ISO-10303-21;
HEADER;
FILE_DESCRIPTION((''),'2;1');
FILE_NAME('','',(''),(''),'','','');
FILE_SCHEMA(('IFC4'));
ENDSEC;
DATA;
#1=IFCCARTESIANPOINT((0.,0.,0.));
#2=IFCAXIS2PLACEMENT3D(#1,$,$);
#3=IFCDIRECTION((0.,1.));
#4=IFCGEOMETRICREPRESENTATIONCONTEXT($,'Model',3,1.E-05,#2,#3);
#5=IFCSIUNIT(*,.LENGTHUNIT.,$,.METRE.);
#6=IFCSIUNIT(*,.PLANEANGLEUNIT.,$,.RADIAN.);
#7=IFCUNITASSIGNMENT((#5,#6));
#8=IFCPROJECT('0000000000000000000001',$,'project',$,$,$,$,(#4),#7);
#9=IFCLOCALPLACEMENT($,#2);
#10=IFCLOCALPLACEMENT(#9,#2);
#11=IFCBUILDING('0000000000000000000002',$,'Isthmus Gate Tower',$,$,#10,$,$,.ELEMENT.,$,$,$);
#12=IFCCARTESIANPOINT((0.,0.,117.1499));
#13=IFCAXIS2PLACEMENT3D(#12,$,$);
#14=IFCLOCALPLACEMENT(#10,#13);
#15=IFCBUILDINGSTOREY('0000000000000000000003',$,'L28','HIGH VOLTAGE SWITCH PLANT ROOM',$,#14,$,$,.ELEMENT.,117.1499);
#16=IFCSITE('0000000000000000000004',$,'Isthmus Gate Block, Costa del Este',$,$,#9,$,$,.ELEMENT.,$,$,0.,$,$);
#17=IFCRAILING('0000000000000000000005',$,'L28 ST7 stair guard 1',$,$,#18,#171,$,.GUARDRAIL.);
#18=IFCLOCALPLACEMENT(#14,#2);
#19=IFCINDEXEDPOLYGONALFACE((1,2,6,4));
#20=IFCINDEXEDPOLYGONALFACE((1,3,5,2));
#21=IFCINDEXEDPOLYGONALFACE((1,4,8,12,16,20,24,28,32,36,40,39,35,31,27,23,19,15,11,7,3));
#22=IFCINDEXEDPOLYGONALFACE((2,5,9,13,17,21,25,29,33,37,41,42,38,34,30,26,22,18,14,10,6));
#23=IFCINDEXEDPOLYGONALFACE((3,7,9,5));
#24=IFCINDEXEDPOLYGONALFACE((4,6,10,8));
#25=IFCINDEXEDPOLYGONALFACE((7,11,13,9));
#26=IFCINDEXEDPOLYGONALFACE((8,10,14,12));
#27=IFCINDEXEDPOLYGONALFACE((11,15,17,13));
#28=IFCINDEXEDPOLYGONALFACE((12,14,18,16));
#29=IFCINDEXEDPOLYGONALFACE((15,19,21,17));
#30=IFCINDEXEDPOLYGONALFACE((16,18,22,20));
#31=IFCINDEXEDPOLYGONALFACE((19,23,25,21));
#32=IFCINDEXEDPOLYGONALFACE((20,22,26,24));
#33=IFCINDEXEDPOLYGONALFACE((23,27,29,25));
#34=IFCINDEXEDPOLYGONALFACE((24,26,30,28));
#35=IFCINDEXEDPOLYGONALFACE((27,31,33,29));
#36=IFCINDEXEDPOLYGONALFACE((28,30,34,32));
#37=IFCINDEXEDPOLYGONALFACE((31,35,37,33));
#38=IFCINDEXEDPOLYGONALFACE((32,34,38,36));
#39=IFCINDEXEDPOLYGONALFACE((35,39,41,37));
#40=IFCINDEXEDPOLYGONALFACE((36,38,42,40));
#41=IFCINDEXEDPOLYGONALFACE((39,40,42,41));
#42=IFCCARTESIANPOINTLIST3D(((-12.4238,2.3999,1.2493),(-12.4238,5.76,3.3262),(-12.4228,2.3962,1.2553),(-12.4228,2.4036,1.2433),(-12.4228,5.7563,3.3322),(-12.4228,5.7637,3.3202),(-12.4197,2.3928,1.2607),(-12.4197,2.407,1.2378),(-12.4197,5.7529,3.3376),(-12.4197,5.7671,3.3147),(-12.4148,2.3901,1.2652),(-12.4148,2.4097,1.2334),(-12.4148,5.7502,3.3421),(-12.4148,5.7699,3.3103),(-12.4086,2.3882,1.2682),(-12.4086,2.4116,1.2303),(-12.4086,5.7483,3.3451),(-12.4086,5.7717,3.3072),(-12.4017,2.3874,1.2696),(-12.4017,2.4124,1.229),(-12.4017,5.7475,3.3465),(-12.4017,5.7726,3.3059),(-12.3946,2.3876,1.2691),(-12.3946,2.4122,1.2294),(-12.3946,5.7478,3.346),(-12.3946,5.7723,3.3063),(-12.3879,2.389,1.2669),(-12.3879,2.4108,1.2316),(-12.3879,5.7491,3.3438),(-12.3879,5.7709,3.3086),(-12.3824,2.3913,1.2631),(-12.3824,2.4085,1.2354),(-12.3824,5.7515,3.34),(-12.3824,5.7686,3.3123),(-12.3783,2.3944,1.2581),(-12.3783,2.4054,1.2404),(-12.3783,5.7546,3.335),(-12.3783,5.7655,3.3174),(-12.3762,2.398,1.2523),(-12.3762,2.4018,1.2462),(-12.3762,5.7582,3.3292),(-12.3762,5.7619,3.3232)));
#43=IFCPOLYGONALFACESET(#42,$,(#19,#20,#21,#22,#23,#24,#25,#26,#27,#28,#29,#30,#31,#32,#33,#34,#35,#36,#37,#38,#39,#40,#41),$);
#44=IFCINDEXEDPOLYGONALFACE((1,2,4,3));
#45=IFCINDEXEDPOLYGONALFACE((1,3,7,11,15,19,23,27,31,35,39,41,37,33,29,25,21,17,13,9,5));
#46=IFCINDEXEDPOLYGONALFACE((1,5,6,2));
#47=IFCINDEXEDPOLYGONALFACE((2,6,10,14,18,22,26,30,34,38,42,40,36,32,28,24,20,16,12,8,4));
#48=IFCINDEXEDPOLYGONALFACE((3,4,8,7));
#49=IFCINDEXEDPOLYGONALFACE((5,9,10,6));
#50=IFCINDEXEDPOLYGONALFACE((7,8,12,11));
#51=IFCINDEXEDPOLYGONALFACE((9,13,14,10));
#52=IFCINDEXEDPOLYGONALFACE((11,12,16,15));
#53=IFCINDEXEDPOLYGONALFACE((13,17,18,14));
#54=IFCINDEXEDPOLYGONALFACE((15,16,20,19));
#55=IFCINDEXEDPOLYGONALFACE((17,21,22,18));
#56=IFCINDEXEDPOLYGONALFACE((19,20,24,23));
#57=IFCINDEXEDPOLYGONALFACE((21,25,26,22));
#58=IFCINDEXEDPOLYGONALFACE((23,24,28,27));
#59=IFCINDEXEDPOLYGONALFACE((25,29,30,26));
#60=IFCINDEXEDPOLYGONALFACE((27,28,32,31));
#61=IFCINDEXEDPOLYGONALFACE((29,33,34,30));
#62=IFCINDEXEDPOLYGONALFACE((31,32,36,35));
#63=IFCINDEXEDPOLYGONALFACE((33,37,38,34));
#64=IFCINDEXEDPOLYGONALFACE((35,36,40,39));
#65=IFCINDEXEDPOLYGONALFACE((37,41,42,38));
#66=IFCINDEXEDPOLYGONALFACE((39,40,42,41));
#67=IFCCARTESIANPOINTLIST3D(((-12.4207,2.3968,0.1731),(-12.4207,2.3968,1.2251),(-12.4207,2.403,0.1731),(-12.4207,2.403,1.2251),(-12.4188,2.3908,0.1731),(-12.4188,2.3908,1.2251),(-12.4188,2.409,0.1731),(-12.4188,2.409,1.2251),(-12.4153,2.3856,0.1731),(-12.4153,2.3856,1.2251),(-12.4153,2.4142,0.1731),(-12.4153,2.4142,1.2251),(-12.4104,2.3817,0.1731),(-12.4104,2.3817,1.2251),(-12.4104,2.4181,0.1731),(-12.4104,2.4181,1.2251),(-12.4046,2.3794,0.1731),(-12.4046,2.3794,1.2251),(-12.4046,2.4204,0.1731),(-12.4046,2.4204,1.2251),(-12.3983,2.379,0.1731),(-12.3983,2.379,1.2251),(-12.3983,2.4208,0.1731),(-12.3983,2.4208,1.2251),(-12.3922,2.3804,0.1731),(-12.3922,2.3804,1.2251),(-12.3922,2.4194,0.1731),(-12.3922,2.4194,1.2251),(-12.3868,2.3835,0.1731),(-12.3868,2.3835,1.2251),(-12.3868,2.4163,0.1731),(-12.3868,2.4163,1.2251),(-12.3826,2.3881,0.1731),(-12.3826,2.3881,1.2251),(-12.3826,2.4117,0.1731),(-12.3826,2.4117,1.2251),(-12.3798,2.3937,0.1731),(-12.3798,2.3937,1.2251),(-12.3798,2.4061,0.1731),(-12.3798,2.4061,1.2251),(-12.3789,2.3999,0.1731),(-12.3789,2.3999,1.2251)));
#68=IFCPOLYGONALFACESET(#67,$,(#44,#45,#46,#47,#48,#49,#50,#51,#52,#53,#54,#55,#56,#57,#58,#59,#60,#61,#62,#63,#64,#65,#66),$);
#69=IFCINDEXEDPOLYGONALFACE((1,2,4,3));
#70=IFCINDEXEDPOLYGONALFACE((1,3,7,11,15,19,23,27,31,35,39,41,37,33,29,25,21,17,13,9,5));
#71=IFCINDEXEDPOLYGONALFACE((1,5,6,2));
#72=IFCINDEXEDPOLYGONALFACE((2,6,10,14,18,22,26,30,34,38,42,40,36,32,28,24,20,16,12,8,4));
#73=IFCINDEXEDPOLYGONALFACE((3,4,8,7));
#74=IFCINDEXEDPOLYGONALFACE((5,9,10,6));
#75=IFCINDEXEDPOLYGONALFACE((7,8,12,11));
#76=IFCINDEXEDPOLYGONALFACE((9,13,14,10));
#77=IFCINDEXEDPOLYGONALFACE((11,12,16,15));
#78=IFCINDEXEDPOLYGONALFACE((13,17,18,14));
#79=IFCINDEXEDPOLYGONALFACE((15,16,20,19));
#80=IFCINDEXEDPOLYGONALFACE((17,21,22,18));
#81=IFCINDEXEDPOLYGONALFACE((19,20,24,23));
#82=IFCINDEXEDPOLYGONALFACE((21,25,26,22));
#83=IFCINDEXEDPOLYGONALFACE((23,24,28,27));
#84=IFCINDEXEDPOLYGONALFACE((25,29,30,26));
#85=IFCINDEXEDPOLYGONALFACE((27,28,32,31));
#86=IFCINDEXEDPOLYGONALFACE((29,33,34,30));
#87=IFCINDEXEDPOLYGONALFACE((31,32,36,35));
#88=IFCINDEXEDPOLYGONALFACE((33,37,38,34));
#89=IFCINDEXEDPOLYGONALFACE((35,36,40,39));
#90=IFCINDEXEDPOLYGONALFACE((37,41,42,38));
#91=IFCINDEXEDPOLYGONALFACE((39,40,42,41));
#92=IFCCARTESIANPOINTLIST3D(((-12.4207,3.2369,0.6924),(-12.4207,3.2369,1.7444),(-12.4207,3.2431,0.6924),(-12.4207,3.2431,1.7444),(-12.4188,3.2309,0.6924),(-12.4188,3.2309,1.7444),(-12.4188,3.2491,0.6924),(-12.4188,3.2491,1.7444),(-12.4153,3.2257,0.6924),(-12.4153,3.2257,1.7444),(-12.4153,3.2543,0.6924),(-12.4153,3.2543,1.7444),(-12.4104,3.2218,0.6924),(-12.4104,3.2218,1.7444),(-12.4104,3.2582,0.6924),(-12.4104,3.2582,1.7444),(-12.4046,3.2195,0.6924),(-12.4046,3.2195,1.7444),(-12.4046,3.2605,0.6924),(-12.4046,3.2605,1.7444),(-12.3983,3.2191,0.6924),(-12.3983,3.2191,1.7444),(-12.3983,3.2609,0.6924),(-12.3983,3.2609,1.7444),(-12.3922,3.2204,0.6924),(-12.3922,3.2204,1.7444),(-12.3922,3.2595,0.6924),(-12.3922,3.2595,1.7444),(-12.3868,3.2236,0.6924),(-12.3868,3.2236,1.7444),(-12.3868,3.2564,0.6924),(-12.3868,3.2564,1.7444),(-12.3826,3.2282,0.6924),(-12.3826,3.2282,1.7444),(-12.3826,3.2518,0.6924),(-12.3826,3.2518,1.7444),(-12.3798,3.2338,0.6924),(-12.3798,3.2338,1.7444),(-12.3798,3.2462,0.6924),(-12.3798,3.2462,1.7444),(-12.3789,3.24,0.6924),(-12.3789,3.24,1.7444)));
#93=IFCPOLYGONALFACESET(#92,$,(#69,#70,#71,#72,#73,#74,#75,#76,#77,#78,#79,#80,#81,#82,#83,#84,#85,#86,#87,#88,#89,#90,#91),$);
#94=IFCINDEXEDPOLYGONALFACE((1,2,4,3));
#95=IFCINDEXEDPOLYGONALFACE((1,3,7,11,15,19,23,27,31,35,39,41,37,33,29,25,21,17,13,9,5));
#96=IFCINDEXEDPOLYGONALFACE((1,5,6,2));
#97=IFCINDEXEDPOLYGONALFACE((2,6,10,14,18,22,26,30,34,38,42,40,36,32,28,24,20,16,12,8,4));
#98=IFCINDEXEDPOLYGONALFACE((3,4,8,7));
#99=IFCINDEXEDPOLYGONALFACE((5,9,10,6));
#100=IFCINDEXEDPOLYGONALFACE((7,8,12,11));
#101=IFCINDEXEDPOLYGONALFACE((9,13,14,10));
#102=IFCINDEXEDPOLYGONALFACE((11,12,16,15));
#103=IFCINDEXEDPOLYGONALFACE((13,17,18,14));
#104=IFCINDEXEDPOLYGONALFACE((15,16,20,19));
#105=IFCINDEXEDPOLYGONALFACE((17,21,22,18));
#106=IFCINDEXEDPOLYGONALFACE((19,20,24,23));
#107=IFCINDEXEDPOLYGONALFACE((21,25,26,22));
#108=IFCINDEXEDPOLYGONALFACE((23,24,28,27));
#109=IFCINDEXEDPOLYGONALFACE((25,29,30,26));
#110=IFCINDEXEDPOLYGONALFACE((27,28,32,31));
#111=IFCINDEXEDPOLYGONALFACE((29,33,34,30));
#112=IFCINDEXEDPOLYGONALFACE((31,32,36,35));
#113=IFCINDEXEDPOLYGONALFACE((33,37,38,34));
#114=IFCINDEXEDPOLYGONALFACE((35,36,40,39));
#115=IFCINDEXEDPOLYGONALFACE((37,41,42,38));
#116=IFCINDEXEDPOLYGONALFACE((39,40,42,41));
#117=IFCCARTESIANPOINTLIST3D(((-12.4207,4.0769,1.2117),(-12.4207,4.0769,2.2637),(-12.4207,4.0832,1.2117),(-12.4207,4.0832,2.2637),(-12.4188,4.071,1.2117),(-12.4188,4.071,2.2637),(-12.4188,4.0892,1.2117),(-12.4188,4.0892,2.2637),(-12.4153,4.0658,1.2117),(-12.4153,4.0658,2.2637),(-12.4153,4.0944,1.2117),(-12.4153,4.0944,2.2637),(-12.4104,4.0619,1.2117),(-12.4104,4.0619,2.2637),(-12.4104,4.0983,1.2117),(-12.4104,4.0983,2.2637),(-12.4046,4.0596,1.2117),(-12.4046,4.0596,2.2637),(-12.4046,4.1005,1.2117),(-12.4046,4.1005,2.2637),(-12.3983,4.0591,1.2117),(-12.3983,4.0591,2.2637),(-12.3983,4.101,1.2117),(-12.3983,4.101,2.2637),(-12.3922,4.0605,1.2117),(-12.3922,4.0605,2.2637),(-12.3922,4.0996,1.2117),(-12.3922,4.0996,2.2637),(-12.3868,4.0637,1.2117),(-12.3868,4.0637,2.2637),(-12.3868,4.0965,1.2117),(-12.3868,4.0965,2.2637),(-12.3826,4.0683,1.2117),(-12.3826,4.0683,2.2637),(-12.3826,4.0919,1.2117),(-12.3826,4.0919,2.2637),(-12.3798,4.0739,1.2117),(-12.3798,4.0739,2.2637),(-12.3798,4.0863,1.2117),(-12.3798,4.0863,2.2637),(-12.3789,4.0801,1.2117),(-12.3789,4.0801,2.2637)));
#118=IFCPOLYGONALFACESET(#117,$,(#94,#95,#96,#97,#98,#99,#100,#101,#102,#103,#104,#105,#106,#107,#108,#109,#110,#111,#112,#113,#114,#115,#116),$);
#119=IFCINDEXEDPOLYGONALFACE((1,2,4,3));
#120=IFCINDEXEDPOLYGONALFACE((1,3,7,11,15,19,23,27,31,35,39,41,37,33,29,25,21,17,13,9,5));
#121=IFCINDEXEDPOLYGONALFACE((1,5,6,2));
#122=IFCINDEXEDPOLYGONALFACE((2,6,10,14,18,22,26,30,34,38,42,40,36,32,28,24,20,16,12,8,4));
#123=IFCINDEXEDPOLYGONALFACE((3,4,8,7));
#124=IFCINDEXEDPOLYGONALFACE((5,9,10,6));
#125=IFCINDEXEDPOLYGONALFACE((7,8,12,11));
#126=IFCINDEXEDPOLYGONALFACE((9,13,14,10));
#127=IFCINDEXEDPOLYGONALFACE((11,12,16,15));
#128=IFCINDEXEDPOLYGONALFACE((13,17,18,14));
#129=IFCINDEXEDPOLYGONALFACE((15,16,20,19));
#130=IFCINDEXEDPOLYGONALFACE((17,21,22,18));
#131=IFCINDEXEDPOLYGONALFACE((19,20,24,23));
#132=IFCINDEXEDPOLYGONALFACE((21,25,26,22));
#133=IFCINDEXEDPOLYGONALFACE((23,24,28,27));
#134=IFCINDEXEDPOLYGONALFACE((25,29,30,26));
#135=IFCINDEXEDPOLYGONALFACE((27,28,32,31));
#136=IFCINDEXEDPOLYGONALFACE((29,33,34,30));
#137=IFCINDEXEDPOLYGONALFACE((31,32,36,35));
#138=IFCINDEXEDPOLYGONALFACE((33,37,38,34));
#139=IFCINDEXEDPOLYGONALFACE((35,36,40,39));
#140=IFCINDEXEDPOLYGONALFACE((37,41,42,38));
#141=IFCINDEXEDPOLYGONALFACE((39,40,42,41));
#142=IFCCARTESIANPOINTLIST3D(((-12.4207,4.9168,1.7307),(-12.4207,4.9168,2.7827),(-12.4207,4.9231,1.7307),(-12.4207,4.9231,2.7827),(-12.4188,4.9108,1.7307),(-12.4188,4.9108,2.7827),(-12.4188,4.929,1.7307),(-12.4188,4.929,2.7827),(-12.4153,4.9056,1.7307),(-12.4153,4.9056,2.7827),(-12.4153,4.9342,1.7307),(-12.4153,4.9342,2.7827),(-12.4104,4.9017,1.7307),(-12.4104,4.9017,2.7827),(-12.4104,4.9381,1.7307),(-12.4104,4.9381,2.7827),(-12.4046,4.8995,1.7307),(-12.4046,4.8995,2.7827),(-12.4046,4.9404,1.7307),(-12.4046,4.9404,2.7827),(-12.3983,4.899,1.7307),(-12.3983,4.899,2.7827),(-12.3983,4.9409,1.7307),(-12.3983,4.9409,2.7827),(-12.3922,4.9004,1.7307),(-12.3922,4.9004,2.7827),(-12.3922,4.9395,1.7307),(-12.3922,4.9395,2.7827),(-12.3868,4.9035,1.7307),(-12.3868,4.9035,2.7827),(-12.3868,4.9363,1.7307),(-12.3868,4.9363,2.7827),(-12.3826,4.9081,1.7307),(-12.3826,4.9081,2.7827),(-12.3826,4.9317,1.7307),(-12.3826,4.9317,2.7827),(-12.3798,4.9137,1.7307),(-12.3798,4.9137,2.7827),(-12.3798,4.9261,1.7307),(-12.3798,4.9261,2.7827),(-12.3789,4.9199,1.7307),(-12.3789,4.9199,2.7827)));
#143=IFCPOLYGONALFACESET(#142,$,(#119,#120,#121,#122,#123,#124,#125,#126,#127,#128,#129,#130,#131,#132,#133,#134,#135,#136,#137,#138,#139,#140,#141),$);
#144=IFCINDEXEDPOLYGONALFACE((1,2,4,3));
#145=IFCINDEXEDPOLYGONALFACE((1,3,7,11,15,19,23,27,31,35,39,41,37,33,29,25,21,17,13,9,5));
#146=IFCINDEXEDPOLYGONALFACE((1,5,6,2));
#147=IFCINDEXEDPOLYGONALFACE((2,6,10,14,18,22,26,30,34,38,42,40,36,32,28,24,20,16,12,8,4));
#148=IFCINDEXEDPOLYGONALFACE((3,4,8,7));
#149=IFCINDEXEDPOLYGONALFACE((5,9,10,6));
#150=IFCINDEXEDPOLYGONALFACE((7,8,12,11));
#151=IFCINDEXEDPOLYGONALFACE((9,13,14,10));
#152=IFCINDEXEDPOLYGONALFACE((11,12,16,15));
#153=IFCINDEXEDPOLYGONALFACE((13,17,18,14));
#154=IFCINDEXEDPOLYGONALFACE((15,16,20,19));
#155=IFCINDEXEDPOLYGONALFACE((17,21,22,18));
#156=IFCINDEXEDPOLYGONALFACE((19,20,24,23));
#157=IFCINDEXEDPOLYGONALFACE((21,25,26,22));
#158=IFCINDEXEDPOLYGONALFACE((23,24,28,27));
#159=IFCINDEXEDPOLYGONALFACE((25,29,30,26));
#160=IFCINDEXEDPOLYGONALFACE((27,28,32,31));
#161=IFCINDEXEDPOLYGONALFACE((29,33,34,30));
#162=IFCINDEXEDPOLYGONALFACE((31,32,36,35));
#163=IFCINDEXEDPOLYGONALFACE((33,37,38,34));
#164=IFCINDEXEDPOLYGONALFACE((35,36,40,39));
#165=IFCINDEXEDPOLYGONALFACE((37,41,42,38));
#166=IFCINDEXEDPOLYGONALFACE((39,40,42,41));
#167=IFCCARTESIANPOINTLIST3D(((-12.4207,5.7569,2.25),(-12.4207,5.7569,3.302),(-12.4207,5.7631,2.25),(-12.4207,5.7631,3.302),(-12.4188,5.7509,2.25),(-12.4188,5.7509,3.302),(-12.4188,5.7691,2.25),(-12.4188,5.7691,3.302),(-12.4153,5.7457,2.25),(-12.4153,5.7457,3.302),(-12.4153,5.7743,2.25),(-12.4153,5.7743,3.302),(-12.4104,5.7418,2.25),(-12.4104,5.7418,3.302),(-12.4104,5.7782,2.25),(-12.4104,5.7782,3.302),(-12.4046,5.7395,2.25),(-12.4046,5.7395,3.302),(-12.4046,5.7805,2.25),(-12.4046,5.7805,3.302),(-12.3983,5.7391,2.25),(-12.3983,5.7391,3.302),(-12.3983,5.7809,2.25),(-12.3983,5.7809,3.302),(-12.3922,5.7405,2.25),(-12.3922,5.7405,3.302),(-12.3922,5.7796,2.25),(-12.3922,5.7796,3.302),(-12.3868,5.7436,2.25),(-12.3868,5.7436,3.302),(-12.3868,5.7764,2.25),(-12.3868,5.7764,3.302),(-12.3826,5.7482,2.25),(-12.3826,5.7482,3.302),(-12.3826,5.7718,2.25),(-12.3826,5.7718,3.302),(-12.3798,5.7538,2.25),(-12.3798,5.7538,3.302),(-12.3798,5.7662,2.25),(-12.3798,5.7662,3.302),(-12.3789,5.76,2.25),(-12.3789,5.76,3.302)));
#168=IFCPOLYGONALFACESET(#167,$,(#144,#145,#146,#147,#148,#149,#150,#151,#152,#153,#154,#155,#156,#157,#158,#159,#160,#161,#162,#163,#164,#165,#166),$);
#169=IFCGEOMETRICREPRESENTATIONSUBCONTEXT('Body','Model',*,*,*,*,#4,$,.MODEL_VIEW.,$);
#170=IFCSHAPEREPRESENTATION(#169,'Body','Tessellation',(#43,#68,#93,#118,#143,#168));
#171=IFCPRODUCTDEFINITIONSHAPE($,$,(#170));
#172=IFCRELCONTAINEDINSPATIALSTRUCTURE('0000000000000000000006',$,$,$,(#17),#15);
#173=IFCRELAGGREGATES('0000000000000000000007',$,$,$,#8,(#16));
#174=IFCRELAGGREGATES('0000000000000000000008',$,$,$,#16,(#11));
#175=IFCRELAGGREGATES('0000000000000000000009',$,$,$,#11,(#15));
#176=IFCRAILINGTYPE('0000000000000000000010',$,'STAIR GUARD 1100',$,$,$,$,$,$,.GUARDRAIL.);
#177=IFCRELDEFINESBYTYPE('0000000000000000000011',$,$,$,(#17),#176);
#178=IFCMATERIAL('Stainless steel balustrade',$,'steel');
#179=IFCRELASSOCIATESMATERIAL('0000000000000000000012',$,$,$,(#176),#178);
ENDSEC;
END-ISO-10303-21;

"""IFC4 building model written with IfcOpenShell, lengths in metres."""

from ifc_helpers import new_model, si_unit, direction, frame, origin, origin_2d, place, context, subcontext, project, spatial, circle, extrude, material, type_object, element, save


model = new_model("IFC4")

# Units and contexts
model_context = context("Model", 3, precision=1e-05, world=origin(), true_north=direction((0.0, 1.0)))
body_context = subcontext(model_context, "Body", "Model", "MODEL_VIEW")
ifc_project = project(units=[si_unit("LENGTHUNIT", "METRE"), si_unit("PLANEANGLEUNIT", "RADIAN")], contexts=[model_context])

# Site, building, storey
site_placement = place(None, origin())
site = spatial("IfcSite", under=ifc_project, at=site_placement, Name="Isthmus Gate Block, Costa del Este", CompositionType="ELEMENT", RefElevation=0.0)
building_placement = place(site_placement, origin())
building = spatial("IfcBuilding", under=site, at=building_placement, Name="Isthmus Gate Tower", CompositionType="ELEMENT")
storey_placement = place(building_placement, frame((0.0, 0.0, 117.1499)))
storey = spatial("IfcBuildingStorey", under=building, at=storey_placement, Name="L28", Description="HIGH VOLTAGE SWITCH PLANT ROOM", CompositionType="ELEMENT", Elevation=117.1499)

# Railing
ifc_material_1 = material(Name="Stainless steel balustrade", Category="steel")
railing_type_1 = type_object("IfcRailingType", Name="STAIR GUARD 1100", PredefinedType="GUARDRAIL", material=ifc_material_1)
railing_1_placement = place(storey_placement, frame((-12.3999, 2.3999, 0.1731)))
element("IfcRailing", 1, at=railing_1_placement, inside=storey, type_object=railing_type_1, Name="L28 ST7 stair guard 1", PredefinedType="GUARDRAIL", context=body_context, shape_type="SweptSolid", body=[
    extrude(circle(Radius=0.0239, at=origin_2d()), frame((0.0, 0.0, 1.0762), z_axis=(0.0, 0.850623, 0.525776), x_axis=(-1.0, 0.0, 0.0)), (0.0, 0.0, 1.0), 3.9502),
    extrude(circle(Radius=0.021, at=origin_2d()), origin(), (0.0, 0.0, 1.0), 1.052),
    extrude(circle(Radius=0.021, at=origin_2d()), frame((0.0, 0.8401, 0.5193)), (0.0, 0.0, 1.0), 1.052),
    extrude(circle(Radius=0.021, at=origin_2d()), frame((0.0, 1.6802, 1.0386)), (0.0, 0.0, 1.0), 1.052),
    extrude(circle(Radius=0.021, at=origin_2d()), frame((0.0, 2.52, 1.5576)), (0.0, 0.0, 1.0), 1.052),
    extrude(circle(Radius=0.021, at=origin_2d()), frame((0.0, 3.3601, 2.0769)), (0.0, 0.0, 1.0), 1.052),
])

save(model, "model.ifc")
